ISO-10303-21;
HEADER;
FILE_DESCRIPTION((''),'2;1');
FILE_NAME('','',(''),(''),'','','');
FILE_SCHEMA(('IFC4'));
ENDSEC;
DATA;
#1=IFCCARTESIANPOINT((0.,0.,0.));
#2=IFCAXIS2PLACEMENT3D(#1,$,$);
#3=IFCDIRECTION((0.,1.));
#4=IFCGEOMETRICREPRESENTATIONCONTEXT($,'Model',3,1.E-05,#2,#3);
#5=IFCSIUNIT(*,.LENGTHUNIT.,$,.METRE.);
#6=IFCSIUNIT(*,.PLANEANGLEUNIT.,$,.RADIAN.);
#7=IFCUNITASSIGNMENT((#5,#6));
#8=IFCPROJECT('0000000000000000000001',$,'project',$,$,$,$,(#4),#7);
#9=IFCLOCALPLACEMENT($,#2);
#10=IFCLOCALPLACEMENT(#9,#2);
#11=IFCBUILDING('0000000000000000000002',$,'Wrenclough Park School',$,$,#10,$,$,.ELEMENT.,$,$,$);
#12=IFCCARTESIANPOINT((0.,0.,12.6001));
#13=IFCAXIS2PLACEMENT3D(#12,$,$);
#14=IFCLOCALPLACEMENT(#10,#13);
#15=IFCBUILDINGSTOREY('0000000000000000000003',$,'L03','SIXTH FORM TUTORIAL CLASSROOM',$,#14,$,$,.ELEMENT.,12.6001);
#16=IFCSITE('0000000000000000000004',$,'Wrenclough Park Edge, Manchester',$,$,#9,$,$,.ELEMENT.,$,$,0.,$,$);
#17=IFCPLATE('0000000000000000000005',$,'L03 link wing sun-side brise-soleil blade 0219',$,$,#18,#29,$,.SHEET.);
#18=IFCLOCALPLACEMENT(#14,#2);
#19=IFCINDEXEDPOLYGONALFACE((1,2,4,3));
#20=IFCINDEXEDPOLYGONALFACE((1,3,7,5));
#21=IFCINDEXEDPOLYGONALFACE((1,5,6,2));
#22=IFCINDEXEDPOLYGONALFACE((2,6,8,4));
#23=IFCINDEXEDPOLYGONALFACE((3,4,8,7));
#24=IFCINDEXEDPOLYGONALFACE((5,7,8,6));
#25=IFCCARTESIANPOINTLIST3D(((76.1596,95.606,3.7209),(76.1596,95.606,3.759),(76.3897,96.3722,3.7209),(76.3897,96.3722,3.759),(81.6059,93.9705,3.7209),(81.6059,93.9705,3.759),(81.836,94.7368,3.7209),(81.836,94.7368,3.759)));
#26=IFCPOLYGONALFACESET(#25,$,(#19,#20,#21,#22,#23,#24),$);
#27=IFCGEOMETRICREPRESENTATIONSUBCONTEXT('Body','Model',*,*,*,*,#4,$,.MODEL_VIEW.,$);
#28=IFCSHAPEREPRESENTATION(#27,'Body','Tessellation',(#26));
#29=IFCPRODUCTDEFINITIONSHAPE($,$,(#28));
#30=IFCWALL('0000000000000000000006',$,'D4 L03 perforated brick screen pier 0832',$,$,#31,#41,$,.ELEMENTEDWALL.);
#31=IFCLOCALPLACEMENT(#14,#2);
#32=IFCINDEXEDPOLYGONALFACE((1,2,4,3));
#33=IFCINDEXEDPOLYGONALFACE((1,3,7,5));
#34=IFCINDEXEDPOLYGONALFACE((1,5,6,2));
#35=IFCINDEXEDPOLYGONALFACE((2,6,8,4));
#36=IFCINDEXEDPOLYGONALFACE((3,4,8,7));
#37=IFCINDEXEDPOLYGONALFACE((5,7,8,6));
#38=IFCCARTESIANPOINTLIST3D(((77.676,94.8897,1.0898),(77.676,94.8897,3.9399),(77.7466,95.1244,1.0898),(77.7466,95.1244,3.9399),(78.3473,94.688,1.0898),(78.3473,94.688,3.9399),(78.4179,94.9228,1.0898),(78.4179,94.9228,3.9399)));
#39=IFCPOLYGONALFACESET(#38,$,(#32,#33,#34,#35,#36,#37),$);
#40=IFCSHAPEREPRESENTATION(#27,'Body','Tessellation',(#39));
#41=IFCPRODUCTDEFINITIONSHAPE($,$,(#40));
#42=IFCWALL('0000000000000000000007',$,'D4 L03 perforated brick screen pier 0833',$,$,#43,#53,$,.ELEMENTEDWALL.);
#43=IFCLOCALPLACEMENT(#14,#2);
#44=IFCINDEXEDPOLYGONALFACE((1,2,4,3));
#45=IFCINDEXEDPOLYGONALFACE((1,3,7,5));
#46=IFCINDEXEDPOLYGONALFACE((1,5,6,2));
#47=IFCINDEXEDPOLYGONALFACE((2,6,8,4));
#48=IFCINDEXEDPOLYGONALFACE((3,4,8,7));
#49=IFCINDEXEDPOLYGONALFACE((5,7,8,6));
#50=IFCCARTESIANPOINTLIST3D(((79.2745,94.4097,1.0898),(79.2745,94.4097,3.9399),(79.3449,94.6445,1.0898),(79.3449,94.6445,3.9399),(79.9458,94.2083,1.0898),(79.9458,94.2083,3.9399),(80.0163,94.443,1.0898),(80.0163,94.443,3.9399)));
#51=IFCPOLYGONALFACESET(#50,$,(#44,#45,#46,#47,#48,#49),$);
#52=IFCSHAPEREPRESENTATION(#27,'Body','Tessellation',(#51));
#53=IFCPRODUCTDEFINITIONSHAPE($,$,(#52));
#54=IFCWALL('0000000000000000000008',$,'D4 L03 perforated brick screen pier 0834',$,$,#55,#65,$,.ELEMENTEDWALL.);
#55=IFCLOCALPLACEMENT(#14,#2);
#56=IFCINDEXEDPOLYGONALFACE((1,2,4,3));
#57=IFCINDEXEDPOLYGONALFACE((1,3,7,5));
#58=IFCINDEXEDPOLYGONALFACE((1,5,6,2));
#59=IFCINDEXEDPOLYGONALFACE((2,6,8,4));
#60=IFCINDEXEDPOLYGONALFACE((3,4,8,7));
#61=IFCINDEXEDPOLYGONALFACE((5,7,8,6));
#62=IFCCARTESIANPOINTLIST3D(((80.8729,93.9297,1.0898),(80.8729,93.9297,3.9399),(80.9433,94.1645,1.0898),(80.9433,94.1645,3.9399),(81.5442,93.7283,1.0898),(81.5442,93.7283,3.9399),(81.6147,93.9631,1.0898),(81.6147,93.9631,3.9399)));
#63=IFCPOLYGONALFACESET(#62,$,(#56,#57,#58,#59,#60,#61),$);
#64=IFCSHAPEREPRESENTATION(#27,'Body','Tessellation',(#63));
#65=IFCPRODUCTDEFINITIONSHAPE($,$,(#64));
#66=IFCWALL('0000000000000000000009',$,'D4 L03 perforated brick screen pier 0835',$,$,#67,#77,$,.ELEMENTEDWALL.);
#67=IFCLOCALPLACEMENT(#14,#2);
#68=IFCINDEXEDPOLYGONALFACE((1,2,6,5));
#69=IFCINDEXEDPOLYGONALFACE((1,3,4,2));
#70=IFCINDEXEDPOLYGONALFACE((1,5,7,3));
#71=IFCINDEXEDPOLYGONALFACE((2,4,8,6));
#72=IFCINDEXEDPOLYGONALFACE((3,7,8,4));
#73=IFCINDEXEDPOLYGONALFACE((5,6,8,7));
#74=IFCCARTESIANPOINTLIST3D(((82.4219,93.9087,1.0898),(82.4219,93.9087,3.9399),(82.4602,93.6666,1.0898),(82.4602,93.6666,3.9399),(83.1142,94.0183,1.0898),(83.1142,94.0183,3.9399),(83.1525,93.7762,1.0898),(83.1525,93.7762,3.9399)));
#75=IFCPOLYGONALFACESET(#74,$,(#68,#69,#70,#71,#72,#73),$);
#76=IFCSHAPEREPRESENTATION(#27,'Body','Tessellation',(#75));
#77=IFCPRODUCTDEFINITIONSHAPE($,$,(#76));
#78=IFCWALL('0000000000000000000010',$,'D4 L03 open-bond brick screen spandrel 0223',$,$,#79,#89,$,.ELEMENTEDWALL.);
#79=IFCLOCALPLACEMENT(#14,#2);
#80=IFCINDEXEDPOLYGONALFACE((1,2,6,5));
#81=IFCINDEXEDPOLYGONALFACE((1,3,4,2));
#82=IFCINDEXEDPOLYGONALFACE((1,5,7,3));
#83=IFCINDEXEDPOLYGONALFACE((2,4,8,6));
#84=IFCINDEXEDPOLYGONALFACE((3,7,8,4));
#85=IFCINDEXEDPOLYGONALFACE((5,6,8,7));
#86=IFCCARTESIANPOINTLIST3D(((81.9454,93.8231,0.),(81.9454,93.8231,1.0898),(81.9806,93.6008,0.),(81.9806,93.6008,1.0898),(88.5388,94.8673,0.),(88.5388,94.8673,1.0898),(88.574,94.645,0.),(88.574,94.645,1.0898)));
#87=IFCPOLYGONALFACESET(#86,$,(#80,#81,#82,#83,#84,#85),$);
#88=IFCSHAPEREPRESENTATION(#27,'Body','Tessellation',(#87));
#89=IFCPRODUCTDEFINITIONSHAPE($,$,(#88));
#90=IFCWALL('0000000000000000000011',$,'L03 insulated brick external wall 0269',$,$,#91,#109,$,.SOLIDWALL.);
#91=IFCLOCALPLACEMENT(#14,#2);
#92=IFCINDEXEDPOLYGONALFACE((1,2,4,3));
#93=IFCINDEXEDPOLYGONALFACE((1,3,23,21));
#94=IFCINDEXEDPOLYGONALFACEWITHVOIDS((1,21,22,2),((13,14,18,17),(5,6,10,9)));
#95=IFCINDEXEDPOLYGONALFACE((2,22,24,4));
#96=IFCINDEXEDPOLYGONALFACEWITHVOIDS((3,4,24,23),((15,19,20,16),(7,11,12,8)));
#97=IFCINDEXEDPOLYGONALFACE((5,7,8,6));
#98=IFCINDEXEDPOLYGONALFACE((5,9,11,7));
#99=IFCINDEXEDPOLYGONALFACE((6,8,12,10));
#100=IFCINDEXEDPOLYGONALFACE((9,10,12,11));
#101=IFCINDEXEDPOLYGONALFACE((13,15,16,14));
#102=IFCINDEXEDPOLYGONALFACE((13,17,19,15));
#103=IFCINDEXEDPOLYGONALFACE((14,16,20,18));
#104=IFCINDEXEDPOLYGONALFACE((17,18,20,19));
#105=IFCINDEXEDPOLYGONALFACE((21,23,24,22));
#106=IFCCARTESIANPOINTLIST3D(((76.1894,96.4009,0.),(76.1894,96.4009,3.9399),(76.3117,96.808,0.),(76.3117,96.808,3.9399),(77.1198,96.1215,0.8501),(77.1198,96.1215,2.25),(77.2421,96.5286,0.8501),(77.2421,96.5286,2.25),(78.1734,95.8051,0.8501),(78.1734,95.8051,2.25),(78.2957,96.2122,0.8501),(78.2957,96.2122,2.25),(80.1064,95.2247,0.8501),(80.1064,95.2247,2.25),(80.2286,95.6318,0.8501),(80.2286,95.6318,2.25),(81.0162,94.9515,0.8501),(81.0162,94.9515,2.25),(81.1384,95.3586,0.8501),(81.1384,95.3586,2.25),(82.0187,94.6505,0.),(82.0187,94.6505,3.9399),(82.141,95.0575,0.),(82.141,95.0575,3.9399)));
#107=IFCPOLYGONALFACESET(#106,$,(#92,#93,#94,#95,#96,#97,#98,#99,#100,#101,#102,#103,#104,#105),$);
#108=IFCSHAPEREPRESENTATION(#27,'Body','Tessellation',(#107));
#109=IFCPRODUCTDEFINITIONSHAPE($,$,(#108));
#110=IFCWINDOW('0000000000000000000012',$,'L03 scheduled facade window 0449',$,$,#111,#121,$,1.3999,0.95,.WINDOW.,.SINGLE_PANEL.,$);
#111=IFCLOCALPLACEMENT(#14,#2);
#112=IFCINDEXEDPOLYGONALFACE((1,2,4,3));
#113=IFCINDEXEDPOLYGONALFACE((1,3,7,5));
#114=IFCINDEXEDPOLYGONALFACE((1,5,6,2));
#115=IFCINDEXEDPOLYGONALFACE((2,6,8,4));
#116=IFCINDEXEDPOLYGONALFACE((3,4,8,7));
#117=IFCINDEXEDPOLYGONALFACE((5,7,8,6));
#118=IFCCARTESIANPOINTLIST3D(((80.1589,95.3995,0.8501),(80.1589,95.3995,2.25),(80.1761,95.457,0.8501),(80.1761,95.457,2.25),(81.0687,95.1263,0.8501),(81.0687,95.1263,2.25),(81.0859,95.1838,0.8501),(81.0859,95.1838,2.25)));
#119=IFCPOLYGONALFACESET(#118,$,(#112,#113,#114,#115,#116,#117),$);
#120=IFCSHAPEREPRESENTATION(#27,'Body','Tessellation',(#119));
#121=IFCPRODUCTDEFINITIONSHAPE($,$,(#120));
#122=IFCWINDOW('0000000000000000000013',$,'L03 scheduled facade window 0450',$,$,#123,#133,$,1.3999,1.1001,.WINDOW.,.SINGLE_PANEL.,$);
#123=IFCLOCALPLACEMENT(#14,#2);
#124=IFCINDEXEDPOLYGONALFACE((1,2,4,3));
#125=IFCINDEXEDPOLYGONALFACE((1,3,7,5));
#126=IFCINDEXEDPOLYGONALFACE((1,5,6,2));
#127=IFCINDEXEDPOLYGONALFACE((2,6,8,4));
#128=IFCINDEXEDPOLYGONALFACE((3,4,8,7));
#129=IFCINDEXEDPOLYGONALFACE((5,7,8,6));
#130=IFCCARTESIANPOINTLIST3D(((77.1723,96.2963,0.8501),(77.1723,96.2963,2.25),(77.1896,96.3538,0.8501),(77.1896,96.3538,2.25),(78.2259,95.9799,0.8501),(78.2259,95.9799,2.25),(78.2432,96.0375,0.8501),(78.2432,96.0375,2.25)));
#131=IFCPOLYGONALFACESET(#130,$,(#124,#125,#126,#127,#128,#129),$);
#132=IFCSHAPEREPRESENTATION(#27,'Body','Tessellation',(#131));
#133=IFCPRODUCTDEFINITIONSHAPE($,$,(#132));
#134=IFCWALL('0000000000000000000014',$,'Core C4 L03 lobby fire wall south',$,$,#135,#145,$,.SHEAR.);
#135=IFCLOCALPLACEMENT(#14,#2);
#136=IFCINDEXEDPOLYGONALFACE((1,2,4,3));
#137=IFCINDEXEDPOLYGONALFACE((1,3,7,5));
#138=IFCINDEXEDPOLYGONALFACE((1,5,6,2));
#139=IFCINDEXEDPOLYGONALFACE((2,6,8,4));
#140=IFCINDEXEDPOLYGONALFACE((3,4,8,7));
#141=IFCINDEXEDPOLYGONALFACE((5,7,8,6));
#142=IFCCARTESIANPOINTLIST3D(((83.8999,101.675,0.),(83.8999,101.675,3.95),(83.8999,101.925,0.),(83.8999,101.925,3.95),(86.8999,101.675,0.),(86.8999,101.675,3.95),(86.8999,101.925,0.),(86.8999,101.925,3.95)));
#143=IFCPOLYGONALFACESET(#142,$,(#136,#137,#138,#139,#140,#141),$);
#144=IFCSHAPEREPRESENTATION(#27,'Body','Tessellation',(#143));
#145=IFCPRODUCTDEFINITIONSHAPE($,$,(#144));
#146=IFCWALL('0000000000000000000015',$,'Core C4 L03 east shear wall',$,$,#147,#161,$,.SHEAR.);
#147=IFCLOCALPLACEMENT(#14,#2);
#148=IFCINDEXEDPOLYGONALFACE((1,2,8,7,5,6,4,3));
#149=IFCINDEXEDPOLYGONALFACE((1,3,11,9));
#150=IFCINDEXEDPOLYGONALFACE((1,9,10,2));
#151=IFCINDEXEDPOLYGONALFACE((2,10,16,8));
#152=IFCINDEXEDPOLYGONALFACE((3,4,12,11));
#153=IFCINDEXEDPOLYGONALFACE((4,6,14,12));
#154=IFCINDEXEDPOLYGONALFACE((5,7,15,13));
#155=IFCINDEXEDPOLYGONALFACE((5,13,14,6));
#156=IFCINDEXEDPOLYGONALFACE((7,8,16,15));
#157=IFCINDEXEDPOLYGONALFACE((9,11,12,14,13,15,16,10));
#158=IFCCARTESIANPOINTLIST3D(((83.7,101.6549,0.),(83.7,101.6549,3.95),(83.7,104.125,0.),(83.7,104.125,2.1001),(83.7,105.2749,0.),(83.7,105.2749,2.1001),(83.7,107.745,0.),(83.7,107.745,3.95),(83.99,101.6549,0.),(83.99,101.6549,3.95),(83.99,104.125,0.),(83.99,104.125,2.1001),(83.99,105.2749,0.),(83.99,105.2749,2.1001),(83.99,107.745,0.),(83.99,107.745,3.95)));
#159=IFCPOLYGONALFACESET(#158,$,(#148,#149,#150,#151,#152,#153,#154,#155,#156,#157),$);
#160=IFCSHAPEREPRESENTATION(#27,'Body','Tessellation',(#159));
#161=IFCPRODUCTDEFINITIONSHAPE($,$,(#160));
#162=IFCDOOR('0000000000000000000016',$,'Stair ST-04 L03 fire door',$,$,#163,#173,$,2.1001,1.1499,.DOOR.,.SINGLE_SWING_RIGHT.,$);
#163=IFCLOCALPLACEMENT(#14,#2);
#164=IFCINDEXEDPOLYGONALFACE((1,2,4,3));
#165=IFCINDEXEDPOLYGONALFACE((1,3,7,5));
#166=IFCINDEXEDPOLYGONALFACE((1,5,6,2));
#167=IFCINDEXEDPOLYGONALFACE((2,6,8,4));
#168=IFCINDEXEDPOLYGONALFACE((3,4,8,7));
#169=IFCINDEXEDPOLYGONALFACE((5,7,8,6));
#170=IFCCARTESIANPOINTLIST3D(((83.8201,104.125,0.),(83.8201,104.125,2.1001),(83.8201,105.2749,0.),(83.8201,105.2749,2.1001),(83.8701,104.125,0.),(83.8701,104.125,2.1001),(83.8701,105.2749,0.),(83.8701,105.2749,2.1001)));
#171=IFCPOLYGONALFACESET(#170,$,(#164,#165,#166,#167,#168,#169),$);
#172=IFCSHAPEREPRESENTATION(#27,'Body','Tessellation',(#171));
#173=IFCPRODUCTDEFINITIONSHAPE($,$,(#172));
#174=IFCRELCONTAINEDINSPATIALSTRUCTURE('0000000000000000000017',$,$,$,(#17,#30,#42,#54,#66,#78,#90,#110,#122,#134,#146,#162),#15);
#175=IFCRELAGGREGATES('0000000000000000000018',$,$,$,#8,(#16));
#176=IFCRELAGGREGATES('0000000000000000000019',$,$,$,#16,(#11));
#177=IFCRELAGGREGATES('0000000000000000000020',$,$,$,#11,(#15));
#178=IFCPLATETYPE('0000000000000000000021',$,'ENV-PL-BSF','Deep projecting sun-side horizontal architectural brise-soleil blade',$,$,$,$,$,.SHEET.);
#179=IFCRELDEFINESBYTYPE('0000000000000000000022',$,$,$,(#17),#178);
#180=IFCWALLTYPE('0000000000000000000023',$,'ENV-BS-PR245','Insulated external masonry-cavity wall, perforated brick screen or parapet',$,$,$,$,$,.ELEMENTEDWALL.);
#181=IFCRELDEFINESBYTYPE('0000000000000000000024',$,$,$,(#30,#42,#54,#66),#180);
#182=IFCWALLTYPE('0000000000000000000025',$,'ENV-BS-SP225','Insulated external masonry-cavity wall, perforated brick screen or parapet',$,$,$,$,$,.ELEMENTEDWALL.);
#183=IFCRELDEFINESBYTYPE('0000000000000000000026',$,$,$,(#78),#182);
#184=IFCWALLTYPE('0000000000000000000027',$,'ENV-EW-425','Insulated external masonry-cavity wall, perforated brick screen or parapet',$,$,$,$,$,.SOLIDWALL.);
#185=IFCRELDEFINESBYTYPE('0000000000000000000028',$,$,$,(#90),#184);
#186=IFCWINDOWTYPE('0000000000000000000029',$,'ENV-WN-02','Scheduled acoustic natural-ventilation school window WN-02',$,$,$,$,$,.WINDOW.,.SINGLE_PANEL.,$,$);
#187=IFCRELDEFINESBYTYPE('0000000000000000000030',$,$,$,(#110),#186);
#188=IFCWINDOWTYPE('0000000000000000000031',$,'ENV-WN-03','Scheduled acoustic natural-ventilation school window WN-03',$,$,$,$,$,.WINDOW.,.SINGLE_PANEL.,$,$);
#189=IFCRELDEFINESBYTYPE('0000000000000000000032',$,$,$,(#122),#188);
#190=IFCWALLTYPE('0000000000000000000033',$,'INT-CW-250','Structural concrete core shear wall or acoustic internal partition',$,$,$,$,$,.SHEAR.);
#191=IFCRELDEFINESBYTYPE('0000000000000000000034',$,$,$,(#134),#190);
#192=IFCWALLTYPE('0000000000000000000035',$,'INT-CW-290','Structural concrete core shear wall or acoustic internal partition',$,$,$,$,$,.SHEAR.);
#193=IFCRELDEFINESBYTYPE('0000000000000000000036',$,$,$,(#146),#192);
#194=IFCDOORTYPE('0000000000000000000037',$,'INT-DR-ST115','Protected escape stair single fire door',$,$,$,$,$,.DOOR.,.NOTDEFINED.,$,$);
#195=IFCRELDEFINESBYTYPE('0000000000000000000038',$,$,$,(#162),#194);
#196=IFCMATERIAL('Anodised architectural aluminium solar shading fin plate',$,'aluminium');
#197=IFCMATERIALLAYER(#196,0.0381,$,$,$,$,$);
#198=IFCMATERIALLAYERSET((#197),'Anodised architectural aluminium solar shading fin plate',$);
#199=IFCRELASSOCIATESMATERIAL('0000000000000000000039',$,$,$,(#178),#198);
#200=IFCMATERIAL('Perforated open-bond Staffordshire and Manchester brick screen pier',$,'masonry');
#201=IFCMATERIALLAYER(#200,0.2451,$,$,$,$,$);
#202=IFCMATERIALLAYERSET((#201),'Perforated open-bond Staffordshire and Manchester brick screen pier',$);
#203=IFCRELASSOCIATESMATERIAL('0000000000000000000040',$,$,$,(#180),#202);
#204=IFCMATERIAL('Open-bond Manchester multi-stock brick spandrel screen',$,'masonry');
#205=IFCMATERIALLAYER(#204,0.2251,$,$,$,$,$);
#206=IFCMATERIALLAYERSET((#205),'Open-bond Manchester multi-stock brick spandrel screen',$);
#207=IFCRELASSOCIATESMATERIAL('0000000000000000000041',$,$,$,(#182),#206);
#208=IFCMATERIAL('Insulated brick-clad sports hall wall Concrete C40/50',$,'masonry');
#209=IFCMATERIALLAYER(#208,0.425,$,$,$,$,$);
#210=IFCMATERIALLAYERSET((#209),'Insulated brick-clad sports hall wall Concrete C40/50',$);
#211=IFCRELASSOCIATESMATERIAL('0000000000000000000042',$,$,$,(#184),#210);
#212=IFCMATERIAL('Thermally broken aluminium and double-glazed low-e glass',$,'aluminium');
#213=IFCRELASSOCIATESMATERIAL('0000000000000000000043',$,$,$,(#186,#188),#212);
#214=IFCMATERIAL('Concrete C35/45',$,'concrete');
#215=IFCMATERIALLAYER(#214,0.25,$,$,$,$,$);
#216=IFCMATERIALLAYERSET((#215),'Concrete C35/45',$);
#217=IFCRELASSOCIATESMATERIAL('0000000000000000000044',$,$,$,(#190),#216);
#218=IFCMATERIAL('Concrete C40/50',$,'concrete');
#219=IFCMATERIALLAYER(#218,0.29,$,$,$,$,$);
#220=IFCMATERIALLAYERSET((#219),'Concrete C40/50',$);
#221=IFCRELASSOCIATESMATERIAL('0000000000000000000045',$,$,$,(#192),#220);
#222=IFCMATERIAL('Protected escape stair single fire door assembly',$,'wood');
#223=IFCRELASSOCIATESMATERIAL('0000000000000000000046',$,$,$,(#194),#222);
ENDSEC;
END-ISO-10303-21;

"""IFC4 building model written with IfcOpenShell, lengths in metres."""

from ifc_helpers import new_model, si_unit, direction, frame, frame_2d, origin, origin_2d, place, context, subcontext, project, spatial, rectangle, extrude, material, layer, layer_set, type_object, element, fill, save


model = new_model("IFC4")

# Units and contexts
model_context = context("Model", 3, precision=1e-05, world=origin(), true_north=direction((0.0, 1.0)))
body_context = subcontext(model_context, "Body", "Model", "MODEL_VIEW")
ifc_project = project(units=[si_unit("LENGTHUNIT", "METRE"), si_unit("PLANEANGLEUNIT", "RADIAN")], contexts=[model_context])

# Site, building, storey
site_placement = place(None, origin())
site = spatial("IfcSite", under=ifc_project, at=site_placement, Name="Wrenclough Park Edge, Manchester", CompositionType="ELEMENT", RefElevation=0.0)
building_placement = place(site_placement, origin())
building = spatial("IfcBuilding", under=site, at=building_placement, Name="Wrenclough Park School", CompositionType="ELEMENT")
storey_placement = place(building_placement, frame((0.0, 0.0, 12.6001)))
storey = spatial("IfcBuildingStorey", under=building, at=storey_placement, Name="L03", Description="SIXTH FORM TUTORIAL CLASSROOM", CompositionType="ELEMENT", Elevation=12.6001)

# Plate
ifc_material_1 = material(Name="Anodised architectural aluminium solar shading fin plate", Category="aluminium")
ifc_layer_1 = layer(ifc_material_1, 0.0381)
ifc_layer_set_1 = layer_set([ifc_layer_1], Name="Anodised architectural aluminium solar shading fin plate")
plate_type = type_object("IfcPlateType", Name="ENV-PL-BSF", Description="Deep projecting sun-side horizontal architectural brise-soleil blade", PredefinedType="SHEET", material=ifc_layer_set_1)
plate_1_placement = place(storey_placement, frame((78.9978, 95.1714, 3.7209), z_axis=(0.0, 0.0, 1.0), x_axis=(-0.95775, 0.287601, 0.0)))
element("IfcPlate", 1, at=plate_1_placement, inside=storey, type_object=plate_type, Name="L03 link wing sun-side brise-soleil blade 0219", PredefinedType="SHEET", context=body_context, shape_type="SweptSolid", body=[
    extrude(rectangle(XDim=5.6865, YDim=0.8, at=origin_2d()), origin(), (0.0, 0.0, 1.0), 0.0381),
])

# Walls
ifc_material_2 = material(Name="Perforated open-bond Staffordshire and Manchester brick screen pier", Category="masonry")
ifc_layer_2 = layer(ifc_material_2, 0.2451)
ifc_layer_set_2 = layer_set([ifc_layer_2], Name="Perforated open-bond Staffordshire and Manchester brick screen pier")
wall_type_1 = type_object("IfcWallType", Name="ENV-BS-PR245", Description="Insulated external masonry-cavity wall, perforated brick screen or parapet", PredefinedType="ELEMENTEDWALL", material=ifc_layer_set_2)
for number, where, z_axis, x_axis, name in (
    (2, (77.7112, 95.0071, 1.0898), (0.0, 0.0, 1.0), (0.95773, -0.287667, 0.0), "D4 L03 perforated brick screen pier 0832"),
    (3, (79.3096, 94.5271, 1.0898), (0.0, 0.0, 1.0), (0.957826, -0.287348, 0.0), "D4 L03 perforated brick screen pier 0833"),
    (4, (80.908, 94.0471, 1.0898), (0.0, 0.0, 1.0), (0.957826, -0.287348, 0.0), "D4 L03 perforated brick screen pier 0834"),
    (5, (82.4409, 93.7876, 1.0898), (0.0, 0.0, 1.0), (0.987698, 0.156374, 0.0), "D4 L03 perforated brick screen pier 0835"),
):
    element("IfcWall", number, at=place(storey_placement, frame(where, z_axis=z_axis, x_axis=x_axis)), inside=storey, type_object=wall_type_1, Name=name, PredefinedType="ELEMENTEDWALL", context=body_context, shape_type="SweptSolid", body=[
        extrude(rectangle(XDim=0.7009, YDim=0.2451, at=frame_2d((0.3506, 0.0))), origin(), (0.0, 0.0, 1.0), 2.8501),
    ])
ifc_material_3 = material(Name="Open-bond Manchester multi-stock brick spandrel screen", Category="masonry")
ifc_layer_3 = layer(ifc_material_3, 0.2251)
ifc_layer_set_3 = layer_set([ifc_layer_3], Name="Open-bond Manchester multi-stock brick spandrel screen")
wall_type_2 = type_object("IfcWallType", Name="ENV-BS-SP225", Description="Insulated external masonry-cavity wall, perforated brick screen or parapet", PredefinedType="ELEMENTEDWALL", material=ifc_layer_set_3)
wall_1_placement = place(storey_placement, frame((81.9629, 93.7119, 0.0), z_axis=(0.0, 0.0, 1.0), x_axis=(0.98769, 0.156423, 0.0)))
element("IfcWall", 6, at=wall_1_placement, inside=storey, type_object=wall_type_2, Name="D4 L03 open-bond brick screen spandrel 0223", PredefinedType="ELEMENTEDWALL", context=body_context, shape_type="SweptSolid", body=[
    extrude(rectangle(XDim=6.6755, YDim=0.2251, at=frame_2d((3.3379, 0.0))), origin(), (0.0, 0.0, 1.0), 1.0898),
])

# Wall, openings, windows
ifc_material_4 = material(Name="Insulated brick-clad sports hall wall Concrete C40/50", Category="masonry")
ifc_layer_4 = layer(ifc_material_4, 0.425)
ifc_layer_set_4 = layer_set([ifc_layer_4], Name="Insulated brick-clad sports hall wall Concrete C40/50")
wall_type_3 = type_object("IfcWallType", Name="ENV-EW-425", Description="Insulated external masonry-cavity wall, perforated brick screen or parapet", PredefinedType="SOLIDWALL", material=ifc_layer_set_4)
wall_2_placement = place(storey_placement, frame((82.0798, 94.854, 0.0), z_axis=(0.0, 0.0, 1.0), x_axis=(-0.95775, 0.287602, 0.0)))
wall_2 = element("IfcWall", 7, at=wall_2_placement, inside=storey, type_object=wall_type_3, Name="L03 insulated brick external wall 0269", PredefinedType="SOLIDWALL", context=body_context, shape_type="SweptSolid", body=[
    extrude(rectangle(XDim=6.0864, YDim=0.425, at=frame_2d((3.0432, 0.0))), origin(), (0.0, 0.0, 1.0), 3.9399),
])
opening_1_placement = place(wall_2_placement, frame((1.0466, 0.0, 0.8501)))
opening_1 = element("IfcOpeningElement", 8, at=opening_1_placement, cuts=wall_2, PredefinedType="OPENING", context=body_context, shape_type="SweptSolid", body=[
    extrude(rectangle(XDim=0.95, YDim=1.3999, at=frame_2d((0.4751, 0.7))), frame((0.0, 0.2224, 0.0), z_axis=(0.0, -1.0, 0.0), x_axis=(1.0, 0.0, 0.0)), (0.0, 0.0, 1.0), 0.4451),
])
opening_2_placement = place(wall_2_placement, frame((4.0149, 0.0, 0.8501)))
opening_2 = element("IfcOpeningElement", 9, at=opening_2_placement, cuts=wall_2, PredefinedType="OPENING", context=body_context, shape_type="SweptSolid", body=[
    extrude(rectangle(XDim=1.1001, YDim=1.3999, at=frame_2d((0.55, 0.7))), frame((0.0, 0.2224, 0.0), z_axis=(0.0, -1.0, 0.0), x_axis=(1.0, 0.0, 0.0)), (0.0, 0.0, 1.0), 0.4451),
])
ifc_material_5 = material(Name="Thermally broken aluminium and double-glazed low-e glass", Category="aluminium")
window_type_1 = type_object("IfcWindowType", Name="ENV-WN-02", Description="Scheduled acoustic natural-ventilation school window WN-02", PartitioningType="SINGLE_PANEL", PredefinedType="WINDOW", material=ifc_material_5)
window_1_placement = place(opening_1_placement, origin())
window_1 = element("IfcWindow", 10, at=window_1_placement, inside=storey, type_object=window_type_1, Name="L03 scheduled facade window 0449", OverallHeight=1.3999, OverallWidth=0.95, PartitioningType="SINGLE_PANEL", PredefinedType="WINDOW", context=body_context, shape_type="SweptSolid", body=[
    extrude(rectangle(XDim=0.95, YDim=1.3999, at=frame_2d((0.4751, 0.7))), frame((0.0, 0.03, 0.0), z_axis=(0.0, -1.0, 0.0), x_axis=(1.0, 0.0, 0.0)), (0.0, 0.0, 1.0), 0.0601),
])
fill(opening_1, window_1)
window_type_2 = type_object("IfcWindowType", Name="ENV-WN-03", Description="Scheduled acoustic natural-ventilation school window WN-03", PartitioningType="SINGLE_PANEL", PredefinedType="WINDOW", material=ifc_material_5)
window_2_placement = place(opening_2_placement, origin())
window_2 = element("IfcWindow", 11, at=window_2_placement, inside=storey, type_object=window_type_2, Name="L03 scheduled facade window 0450", OverallHeight=1.3999, OverallWidth=1.1001, PartitioningType="SINGLE_PANEL", PredefinedType="WINDOW", context=body_context, shape_type="SweptSolid", body=[
    extrude(rectangle(XDim=1.1001, YDim=1.3999, at=frame_2d((0.55, 0.7))), frame((0.0, 0.03, 0.0), z_axis=(0.0, -1.0, 0.0), x_axis=(1.0, 0.0, 0.0)), (0.0, 0.0, 1.0), 0.0601),
])
fill(opening_2, window_2)

# Wall
ifc_material_6 = material(Name="Concrete C35/45", Category="concrete")
ifc_layer_5 = layer(ifc_material_6, 0.25)
ifc_layer_set_5 = layer_set([ifc_layer_5], Name="Concrete C35/45")
wall_type_4 = type_object("IfcWallType", Name="INT-CW-250", Description="Structural concrete core shear wall or acoustic internal partition", PredefinedType="SHEAR", material=ifc_layer_set_5)
wall_3_placement = place(storey_placement, frame((83.8999, 101.8, 0.0), z_axis=(0.0, 0.0, 1.0), x_axis=(1.0, 0.0, 0.0)))
element("IfcWall", 12, at=wall_3_placement, inside=storey, type_object=wall_type_4, Name="Core C4 L03 lobby fire wall south", PredefinedType="SHEAR", context=body_context, shape_type="SweptSolid", body=[
    extrude(rectangle(XDim=3.0, YDim=0.25, at=frame_2d((1.5, 0.0))), origin(), (0.0, 0.0, 1.0), 3.95),
])

# Wall, opening, door
ifc_material_7 = material(Name="Concrete C40/50", Category="concrete")
ifc_layer_6 = layer(ifc_material_7, 0.29)
ifc_layer_set_6 = layer_set([ifc_layer_6], Name="Concrete C40/50")
wall_type_5 = type_object("IfcWallType", Name="INT-CW-290", Description="Structural concrete core shear wall or acoustic internal partition", PredefinedType="SHEAR", material=ifc_layer_set_6)
wall_4_placement = place(storey_placement, frame((83.845, 101.655, 0.0), z_axis=(0.0, 0.0, 1.0), x_axis=(0.0, 1.0, 0.0)))
wall_4 = element("IfcWall", 13, at=wall_4_placement, inside=storey, type_object=wall_type_5, Name="Core C4 L03 east shear wall", PredefinedType="SHEAR", context=body_context, shape_type="SweptSolid", body=[
    extrude(rectangle(XDim=6.0901, YDim=0.29, at=frame_2d((3.0449, 0.0))), origin(), (0.0, 0.0, 1.0), 3.95),
])
opening_3_placement = place(wall_4_placement, frame((2.47, 0.0, 0.0)))
opening_3 = element("IfcOpeningElement", 14, at=opening_3_placement, cuts=wall_4, PredefinedType="OPENING", context=body_context, shape_type="SweptSolid", body=[
    extrude(rectangle(XDim=1.1499, YDim=2.1001, at=frame_2d((0.575, 1.05))), frame((0.0, 0.155, 0.0), z_axis=(0.0, -1.0, 0.0), x_axis=(1.0, 0.0, 0.0)), (0.0, 0.0, 1.0), 0.3101),
])
ifc_material_8 = material(Name="Protected escape stair single fire door assembly", Category="wood")
door_type_1 = type_object("IfcDoorType", Name="INT-DR-ST115", Description="Protected escape stair single fire door", OperationType="NOTDEFINED", PredefinedType="DOOR", material=ifc_material_8)
door_1_placement = place(opening_3_placement, origin())
door_1 = element("IfcDoor", 15, at=door_1_placement, inside=storey, type_object=door_type_1, Name="Stair ST-04 L03 fire door", OperationType="SINGLE_SWING_RIGHT", OverallHeight=2.1001, OverallWidth=1.1499, PredefinedType="DOOR", context=body_context, shape_type="SweptSolid", body=[
    extrude(rectangle(XDim=1.1499, YDim=2.1001, at=frame_2d((0.575, 1.05))), frame((0.0, 0.0249, 0.0), z_axis=(0.0, -1.0, 0.0), x_axis=(1.0, 0.0, 0.0)), (0.0, 0.0, 1.0), 0.05),
])
fill(opening_3, door_1)

save(model, "model.ifc")
